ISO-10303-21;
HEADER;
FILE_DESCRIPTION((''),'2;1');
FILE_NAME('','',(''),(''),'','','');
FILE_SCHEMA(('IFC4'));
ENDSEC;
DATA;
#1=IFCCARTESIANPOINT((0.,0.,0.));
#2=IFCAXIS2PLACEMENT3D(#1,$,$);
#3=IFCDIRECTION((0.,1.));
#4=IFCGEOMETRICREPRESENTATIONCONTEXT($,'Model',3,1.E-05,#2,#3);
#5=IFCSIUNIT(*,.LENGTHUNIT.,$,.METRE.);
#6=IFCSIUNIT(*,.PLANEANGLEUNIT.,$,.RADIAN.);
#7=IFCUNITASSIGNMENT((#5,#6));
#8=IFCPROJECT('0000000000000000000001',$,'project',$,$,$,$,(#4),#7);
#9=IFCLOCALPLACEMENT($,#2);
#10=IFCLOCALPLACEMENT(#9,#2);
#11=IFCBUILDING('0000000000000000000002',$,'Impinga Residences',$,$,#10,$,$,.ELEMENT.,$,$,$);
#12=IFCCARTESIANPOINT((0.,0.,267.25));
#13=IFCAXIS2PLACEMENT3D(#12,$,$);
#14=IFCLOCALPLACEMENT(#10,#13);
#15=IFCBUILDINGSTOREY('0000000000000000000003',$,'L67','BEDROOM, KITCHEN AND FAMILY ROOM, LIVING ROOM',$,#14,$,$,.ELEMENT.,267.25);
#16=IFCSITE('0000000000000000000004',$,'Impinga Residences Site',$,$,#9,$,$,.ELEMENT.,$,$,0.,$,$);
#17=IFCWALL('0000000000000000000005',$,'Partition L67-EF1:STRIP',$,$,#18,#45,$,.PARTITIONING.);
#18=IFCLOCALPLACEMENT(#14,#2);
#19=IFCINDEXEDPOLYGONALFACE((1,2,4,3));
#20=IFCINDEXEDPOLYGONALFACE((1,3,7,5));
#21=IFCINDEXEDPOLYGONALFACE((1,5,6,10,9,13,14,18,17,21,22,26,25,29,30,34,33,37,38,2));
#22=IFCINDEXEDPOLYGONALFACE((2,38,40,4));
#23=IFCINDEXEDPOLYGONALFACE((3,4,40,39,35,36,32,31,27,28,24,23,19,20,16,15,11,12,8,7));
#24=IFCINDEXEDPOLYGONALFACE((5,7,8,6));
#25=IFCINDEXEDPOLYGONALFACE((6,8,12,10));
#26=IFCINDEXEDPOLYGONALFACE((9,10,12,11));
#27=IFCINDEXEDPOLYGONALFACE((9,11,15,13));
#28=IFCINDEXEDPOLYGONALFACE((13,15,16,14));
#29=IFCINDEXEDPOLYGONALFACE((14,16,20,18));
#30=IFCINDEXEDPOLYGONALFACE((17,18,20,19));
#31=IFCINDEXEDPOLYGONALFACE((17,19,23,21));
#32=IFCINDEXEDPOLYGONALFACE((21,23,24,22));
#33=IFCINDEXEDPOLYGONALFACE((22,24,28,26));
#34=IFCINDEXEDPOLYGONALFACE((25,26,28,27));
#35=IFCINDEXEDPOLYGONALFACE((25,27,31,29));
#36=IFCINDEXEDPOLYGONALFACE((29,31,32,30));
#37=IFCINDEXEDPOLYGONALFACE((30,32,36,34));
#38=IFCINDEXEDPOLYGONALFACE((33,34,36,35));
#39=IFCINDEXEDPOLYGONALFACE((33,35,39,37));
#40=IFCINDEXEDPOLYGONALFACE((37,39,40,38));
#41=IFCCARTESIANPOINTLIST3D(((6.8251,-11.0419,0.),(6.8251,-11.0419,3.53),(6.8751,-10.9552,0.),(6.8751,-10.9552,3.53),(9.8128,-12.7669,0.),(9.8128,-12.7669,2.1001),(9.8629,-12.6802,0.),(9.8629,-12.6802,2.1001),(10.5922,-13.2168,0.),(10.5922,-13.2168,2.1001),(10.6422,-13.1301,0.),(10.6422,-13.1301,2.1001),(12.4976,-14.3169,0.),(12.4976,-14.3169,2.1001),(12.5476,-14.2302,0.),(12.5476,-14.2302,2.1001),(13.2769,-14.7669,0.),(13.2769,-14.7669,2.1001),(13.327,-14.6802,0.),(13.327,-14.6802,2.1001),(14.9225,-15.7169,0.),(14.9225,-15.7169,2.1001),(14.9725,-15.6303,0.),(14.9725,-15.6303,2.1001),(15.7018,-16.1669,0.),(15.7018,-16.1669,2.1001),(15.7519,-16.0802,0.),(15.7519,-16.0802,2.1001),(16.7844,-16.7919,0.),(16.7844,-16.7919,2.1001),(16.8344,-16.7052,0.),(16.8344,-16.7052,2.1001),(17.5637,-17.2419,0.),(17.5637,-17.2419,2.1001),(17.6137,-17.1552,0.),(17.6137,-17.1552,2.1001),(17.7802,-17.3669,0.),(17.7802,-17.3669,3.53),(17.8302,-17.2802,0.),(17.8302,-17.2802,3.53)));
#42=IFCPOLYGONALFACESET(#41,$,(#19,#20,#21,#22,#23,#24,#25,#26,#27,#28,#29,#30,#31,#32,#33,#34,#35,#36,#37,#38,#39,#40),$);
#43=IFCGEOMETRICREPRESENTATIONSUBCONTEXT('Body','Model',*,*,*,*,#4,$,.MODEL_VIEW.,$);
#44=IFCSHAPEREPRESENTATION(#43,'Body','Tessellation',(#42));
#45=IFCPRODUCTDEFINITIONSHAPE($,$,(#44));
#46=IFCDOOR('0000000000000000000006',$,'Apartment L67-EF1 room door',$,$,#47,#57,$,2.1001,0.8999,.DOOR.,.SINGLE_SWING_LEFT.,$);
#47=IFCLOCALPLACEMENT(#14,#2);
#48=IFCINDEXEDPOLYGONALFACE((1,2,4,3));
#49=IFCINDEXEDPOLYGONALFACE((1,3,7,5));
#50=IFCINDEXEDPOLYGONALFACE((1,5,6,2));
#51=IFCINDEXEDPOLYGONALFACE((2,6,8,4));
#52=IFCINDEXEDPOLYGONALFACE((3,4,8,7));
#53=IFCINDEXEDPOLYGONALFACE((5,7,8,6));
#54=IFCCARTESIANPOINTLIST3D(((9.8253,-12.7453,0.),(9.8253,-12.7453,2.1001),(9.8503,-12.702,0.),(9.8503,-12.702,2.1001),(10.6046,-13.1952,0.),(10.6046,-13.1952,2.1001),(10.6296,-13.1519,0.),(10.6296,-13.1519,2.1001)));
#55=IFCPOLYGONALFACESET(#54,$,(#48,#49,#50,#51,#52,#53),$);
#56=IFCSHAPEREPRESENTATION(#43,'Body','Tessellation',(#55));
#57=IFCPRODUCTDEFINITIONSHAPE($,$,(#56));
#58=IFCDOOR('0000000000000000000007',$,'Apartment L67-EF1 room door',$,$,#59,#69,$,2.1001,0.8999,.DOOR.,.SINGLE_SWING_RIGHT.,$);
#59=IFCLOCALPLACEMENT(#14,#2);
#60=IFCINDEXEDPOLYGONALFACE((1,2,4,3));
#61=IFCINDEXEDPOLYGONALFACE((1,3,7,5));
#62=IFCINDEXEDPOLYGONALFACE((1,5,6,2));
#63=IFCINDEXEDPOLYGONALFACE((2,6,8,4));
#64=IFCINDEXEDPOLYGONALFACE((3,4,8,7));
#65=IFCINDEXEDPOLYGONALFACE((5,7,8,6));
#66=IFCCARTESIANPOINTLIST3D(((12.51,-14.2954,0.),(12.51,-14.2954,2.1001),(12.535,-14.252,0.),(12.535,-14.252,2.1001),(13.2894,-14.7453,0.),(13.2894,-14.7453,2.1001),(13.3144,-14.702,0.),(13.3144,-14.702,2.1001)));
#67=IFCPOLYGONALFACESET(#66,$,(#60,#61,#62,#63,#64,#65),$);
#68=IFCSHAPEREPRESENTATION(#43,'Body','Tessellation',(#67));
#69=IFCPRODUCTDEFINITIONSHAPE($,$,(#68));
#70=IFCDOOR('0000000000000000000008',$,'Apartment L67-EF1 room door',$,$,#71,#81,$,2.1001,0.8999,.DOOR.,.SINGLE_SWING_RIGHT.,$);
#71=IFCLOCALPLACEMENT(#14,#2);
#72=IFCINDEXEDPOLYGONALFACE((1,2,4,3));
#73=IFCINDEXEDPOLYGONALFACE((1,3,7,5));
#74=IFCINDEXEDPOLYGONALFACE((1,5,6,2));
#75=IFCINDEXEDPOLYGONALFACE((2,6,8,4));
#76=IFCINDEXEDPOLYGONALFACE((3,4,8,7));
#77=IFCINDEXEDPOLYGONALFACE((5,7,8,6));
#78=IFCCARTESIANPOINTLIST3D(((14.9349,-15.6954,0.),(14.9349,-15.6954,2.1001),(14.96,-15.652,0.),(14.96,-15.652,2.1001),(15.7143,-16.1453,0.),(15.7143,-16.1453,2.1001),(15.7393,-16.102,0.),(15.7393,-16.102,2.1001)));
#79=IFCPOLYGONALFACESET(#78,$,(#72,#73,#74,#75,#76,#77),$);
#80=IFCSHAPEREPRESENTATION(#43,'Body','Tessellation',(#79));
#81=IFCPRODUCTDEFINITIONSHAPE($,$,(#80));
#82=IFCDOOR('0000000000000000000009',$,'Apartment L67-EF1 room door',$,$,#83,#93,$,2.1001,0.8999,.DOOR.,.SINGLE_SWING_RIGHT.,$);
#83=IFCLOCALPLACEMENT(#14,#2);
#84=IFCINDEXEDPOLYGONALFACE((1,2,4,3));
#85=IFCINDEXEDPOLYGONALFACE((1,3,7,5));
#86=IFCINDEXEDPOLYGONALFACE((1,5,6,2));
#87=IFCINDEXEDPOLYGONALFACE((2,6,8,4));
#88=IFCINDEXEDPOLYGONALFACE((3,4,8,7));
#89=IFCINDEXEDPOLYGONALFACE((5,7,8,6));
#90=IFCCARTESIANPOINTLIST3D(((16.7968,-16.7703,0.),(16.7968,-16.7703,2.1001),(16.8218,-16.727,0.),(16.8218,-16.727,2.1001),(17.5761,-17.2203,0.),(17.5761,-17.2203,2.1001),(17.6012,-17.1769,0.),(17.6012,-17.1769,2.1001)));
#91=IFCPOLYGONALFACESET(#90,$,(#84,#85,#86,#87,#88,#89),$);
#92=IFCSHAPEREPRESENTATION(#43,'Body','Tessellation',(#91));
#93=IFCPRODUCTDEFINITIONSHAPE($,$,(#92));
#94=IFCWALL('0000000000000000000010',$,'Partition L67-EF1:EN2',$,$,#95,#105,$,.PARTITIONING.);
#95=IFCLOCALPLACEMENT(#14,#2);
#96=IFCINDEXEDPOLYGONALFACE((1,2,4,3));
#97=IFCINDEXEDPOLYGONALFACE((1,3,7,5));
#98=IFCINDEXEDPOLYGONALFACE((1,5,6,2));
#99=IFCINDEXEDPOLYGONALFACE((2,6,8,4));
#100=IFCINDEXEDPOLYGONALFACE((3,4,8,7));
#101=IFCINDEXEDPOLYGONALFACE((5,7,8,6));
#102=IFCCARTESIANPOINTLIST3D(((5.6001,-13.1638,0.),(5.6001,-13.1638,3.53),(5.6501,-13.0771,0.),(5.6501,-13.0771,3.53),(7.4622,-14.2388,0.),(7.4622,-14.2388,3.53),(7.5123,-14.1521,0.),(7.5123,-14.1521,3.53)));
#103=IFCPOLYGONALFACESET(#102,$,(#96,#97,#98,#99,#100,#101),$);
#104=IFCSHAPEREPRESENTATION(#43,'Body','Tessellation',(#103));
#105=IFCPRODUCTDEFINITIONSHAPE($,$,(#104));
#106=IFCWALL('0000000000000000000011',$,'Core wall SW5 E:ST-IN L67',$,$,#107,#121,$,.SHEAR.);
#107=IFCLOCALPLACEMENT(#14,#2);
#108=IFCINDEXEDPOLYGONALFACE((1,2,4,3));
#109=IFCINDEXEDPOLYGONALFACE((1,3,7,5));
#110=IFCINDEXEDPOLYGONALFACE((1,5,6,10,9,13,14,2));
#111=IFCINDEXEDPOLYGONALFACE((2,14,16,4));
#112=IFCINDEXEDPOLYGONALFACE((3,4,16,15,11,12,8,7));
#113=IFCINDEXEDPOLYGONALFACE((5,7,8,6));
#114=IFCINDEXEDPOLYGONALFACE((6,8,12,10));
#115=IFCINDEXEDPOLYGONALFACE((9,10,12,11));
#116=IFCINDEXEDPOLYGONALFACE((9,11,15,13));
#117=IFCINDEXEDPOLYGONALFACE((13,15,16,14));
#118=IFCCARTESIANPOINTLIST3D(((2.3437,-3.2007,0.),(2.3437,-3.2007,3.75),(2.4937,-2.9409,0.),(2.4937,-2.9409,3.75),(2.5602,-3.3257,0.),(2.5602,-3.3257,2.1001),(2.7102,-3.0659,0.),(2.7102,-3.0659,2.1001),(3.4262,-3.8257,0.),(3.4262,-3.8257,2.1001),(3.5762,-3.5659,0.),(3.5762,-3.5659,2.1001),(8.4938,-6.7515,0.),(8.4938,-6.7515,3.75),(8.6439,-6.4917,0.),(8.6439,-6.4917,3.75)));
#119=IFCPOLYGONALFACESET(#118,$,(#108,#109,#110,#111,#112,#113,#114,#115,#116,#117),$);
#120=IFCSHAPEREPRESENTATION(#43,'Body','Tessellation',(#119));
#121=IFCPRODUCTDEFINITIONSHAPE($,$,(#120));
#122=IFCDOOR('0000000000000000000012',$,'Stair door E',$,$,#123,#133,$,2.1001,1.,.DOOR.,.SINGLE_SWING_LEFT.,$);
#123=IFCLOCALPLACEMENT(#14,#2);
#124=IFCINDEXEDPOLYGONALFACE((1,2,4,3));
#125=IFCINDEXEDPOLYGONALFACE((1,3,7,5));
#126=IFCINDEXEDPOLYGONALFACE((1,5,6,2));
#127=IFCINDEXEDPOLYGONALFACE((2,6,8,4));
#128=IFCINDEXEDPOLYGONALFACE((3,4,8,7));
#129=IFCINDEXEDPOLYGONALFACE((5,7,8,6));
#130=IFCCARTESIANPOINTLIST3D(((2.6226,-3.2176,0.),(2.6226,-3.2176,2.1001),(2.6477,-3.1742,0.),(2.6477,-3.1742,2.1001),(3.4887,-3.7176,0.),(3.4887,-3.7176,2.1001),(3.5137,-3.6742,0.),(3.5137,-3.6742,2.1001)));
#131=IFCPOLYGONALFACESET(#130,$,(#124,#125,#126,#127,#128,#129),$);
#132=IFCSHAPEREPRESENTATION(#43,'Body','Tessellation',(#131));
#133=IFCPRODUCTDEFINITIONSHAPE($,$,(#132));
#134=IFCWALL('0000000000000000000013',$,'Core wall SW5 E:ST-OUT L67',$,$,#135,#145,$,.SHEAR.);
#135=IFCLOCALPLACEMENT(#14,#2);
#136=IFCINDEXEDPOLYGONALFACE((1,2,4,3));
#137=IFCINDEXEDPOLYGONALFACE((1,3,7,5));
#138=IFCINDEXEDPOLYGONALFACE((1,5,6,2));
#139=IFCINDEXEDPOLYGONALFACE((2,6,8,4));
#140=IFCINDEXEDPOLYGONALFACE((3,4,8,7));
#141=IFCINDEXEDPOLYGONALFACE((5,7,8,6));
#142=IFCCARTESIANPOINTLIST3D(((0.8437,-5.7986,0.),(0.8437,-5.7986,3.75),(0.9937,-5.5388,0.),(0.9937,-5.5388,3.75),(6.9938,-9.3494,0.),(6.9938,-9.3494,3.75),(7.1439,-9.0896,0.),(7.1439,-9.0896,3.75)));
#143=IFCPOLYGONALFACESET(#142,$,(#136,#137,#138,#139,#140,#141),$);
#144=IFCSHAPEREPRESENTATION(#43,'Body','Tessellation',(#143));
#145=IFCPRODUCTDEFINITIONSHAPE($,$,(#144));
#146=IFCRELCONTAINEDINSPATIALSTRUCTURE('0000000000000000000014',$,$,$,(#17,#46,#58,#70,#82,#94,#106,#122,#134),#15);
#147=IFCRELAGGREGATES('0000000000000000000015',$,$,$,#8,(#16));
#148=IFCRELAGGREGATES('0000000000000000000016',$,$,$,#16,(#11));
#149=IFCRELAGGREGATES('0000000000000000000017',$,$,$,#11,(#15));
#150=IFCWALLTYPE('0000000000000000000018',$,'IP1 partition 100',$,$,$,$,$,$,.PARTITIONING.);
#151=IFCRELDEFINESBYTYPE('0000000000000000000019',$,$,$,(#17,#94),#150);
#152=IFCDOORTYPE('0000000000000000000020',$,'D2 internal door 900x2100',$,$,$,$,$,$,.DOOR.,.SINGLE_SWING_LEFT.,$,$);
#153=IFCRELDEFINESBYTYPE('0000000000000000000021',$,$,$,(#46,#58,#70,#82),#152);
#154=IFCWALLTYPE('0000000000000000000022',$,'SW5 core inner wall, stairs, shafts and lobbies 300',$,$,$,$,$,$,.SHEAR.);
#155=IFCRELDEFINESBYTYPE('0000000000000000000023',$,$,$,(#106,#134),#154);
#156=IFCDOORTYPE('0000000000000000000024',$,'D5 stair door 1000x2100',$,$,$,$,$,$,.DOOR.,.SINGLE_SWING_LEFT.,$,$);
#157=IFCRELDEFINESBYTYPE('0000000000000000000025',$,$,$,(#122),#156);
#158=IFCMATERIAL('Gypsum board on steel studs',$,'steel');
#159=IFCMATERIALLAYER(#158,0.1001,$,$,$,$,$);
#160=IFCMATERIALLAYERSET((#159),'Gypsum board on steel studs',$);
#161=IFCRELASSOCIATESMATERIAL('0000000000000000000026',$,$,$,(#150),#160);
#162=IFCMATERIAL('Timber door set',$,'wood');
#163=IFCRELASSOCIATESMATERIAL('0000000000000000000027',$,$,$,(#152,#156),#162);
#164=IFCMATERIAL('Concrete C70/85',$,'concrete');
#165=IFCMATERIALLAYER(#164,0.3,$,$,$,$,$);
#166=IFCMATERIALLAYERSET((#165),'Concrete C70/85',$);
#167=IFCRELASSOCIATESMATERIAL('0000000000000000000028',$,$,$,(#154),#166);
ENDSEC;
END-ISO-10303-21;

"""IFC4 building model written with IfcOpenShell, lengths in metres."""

from ifc_helpers import new_model, si_unit, direction, frame, frame_2d, origin, place, context, subcontext, project, spatial, rectangle, extrude, material, layer, layer_set, type_object, element, fill, save


model = new_model("IFC4")

# Units and contexts
model_context = context("Model", 3, precision=1e-05, world=origin(), true_north=direction((0.0, 1.0)))
body_context = subcontext(model_context, "Body", "Model", "MODEL_VIEW")
ifc_project = project(units=[si_unit("LENGTHUNIT", "METRE"), si_unit("PLANEANGLEUNIT", "RADIAN")], contexts=[model_context])

# Site, building, storey
site_placement = place(None, origin())
site = spatial("IfcSite", under=ifc_project, at=site_placement, Name="Impinga Residences Site", CompositionType="ELEMENT", RefElevation=0.0)
building_placement = place(site_placement, origin())
building = spatial("IfcBuilding", under=site, at=building_placement, Name="Impinga Residences", CompositionType="ELEMENT")
storey_placement = place(building_placement, frame((0.0, 0.0, 267.25)))
storey = spatial("IfcBuildingStorey", under=building, at=storey_placement, Name="L67", Description="BEDROOM, KITCHEN AND FAMILY ROOM, LIVING ROOM", CompositionType="ELEMENT", Elevation=267.25)

# Shared definitions
ifc_material_1 = material(Name="Timber door set", Category="wood")

# Shared definitions
ifc_material_2 = material(Name="Gypsum board on steel studs", Category="steel")
ifc_layer_1 = layer(ifc_material_2, 0.1001)
ifc_layer_set_1 = layer_set([ifc_layer_1], Name="Gypsum board on steel studs")
wall_type_1 = type_object("IfcWallType", Name="IP1 partition 100", PredefinedType="PARTITIONING", material=ifc_layer_set_1)

# Wall, openings, doors
wall_1_placement = place(storey_placement, frame((6.8501, -10.9985, 0.0), z_axis=(0.0, 0.0, 1.0), x_axis=(0.866024, -0.500002, 0.0)))
wall_1 = element("IfcWall", 1, at=wall_1_placement, inside=storey, type_object=wall_type_1, Name="Partition L67-EF1:STRIP", PredefinedType="PARTITIONING", context=body_context, shape_type="SweptSolid", body=[
    extrude(rectangle(XDim=12.6499, YDim=0.1001, at=frame_2d((6.325, 0.0))), origin(), (0.0, 0.0, 1.0), 3.53),
])
opening_1_placement = place(wall_1_placement, frame((3.45, 0.0, 0.0)))
opening_1 = element("IfcOpeningElement", 2, at=opening_1_placement, cuts=wall_1, PredefinedType="OPENING", context=body_context, shape_type="SweptSolid", body=[
    extrude(rectangle(XDim=0.8999, YDim=2.1001, at=frame_2d((0.45, 1.05))), frame((0.0, 0.0601, 0.0), z_axis=(0.0, -1.0, 0.0), x_axis=(1.0, 0.0, 0.0)), (0.0, 0.0, 1.0), 0.1201),
])
opening_2_placement = place(wall_1_placement, frame((6.55, 0.0, 0.0)))
opening_2 = element("IfcOpeningElement", 3, at=opening_2_placement, cuts=wall_1, PredefinedType="OPENING", context=body_context, shape_type="SweptSolid", body=[
    extrude(rectangle(XDim=0.8999, YDim=2.1001, at=frame_2d((0.45, 1.05))), frame((0.0, 0.0601, 0.0), z_axis=(0.0, -1.0, 0.0), x_axis=(1.0, 0.0, 0.0)), (0.0, 0.0, 1.0), 0.1201),
])
opening_3_placement = place(wall_1_placement, frame((9.3501, 0.0, 0.0)))
opening_3 = element("IfcOpeningElement", 4, at=opening_3_placement, cuts=wall_1, PredefinedType="OPENING", context=body_context, shape_type="SweptSolid", body=[
    extrude(rectangle(XDim=0.8999, YDim=2.1001, at=frame_2d((0.45, 1.05))), frame((0.0, 0.0601, 0.0), z_axis=(0.0, -1.0, 0.0), x_axis=(1.0, 0.0, 0.0)), (0.0, 0.0, 1.0), 0.1201),
])
opening_4_placement = place(wall_1_placement, frame((11.5, 0.0, 0.0)))
opening_4 = element("IfcOpeningElement", 5, at=opening_4_placement, cuts=wall_1, PredefinedType="OPENING", context=body_context, shape_type="SweptSolid", body=[
    extrude(rectangle(XDim=0.8999, YDim=2.1001, at=frame_2d((0.45, 1.05))), frame((0.0, 0.0601, 0.0), z_axis=(0.0, -1.0, 0.0), x_axis=(1.0, 0.0, 0.0)), (0.0, 0.0, 1.0), 0.1201),
])
door_type_1 = type_object("IfcDoorType", Name="D2 internal door 900x2100", OperationType="SINGLE_SWING_LEFT", PredefinedType="DOOR", material=ifc_material_1)
door_1_placement = place(opening_1_placement, origin())
door_1 = element("IfcDoor", 6, at=door_1_placement, inside=storey, type_object=door_type_1, Name="Apartment L67-EF1 room door", OperationType="SINGLE_SWING_LEFT", OverallHeight=2.1001, OverallWidth=0.8999, PredefinedType="DOOR", context=body_context, shape_type="SweptSolid", body=[
    extrude(rectangle(XDim=0.8999, YDim=2.1001, at=frame_2d((0.45, 1.05))), frame((0.0, 0.0249, 0.0), z_axis=(0.0, -1.0, 0.0), x_axis=(1.0, 0.0, 0.0)), (0.0, 0.0, 1.0), 0.05),
])
fill(opening_1, door_1)
door_2_placement = place(opening_2_placement, origin())
door_2 = element("IfcDoor", 7, at=door_2_placement, inside=storey, type_object=door_type_1, Name="Apartment L67-EF1 room door", OperationType="SINGLE_SWING_RIGHT", OverallHeight=2.1001, OverallWidth=0.8999, PredefinedType="DOOR", context=body_context, shape_type="SweptSolid", body=[
    extrude(rectangle(XDim=0.8999, YDim=2.1001, at=frame_2d((0.45, 1.05))), frame((0.0, 0.0249, 0.0), z_axis=(0.0, -1.0, 0.0), x_axis=(1.0, 0.0, 0.0)), (0.0, 0.0, 1.0), 0.05),
])
fill(opening_2, door_2)
door_3_placement = place(opening_3_placement, origin())
door_3 = element("IfcDoor", 8, at=door_3_placement, inside=storey, type_object=door_type_1, Name="Apartment L67-EF1 room door", OperationType="SINGLE_SWING_RIGHT", OverallHeight=2.1001, OverallWidth=0.8999, PredefinedType="DOOR", context=body_context, shape_type="SweptSolid", body=[
    extrude(rectangle(XDim=0.8999, YDim=2.1001, at=frame_2d((0.45, 1.05))), frame((0.0, 0.0249, 0.0), z_axis=(0.0, -1.0, 0.0), x_axis=(1.0, 0.0, 0.0)), (0.0, 0.0, 1.0), 0.05),
])
fill(opening_3, door_3)
door_4_placement = place(opening_4_placement, origin())
door_4 = element("IfcDoor", 9, at=door_4_placement, inside=storey, type_object=door_type_1, Name="Apartment L67-EF1 room door", OperationType="SINGLE_SWING_RIGHT", OverallHeight=2.1001, OverallWidth=0.8999, PredefinedType="DOOR", context=body_context, shape_type="SweptSolid", body=[
    extrude(rectangle(XDim=0.8999, YDim=2.1001, at=frame_2d((0.45, 1.05))), frame((0.0, 0.0249, 0.0), z_axis=(0.0, -1.0, 0.0), x_axis=(1.0, 0.0, 0.0)), (0.0, 0.0, 1.0), 0.05),
])
fill(opening_4, door_4)

# Wall
wall_2_placement = place(storey_placement, frame((5.625, -13.1204, 0.0), z_axis=(0.0, 0.0, 1.0), x_axis=(0.866048, -0.499962, 0.0)))
element("IfcWall", 10, at=wall_2_placement, inside=storey, type_object=wall_type_1, Name="Partition L67-EF1:EN2", PredefinedType="PARTITIONING", context=body_context, shape_type="SweptSolid", body=[
    extrude(rectangle(XDim=2.1501, YDim=0.1001, at=frame_2d((1.0752, 0.0))), origin(), (0.0, 0.0, 1.0), 3.53),
])

# Wall, opening, door
ifc_material_3 = material(Name="Concrete C70/85", Category="concrete")
ifc_layer_2 = layer(ifc_material_3, 0.3)
ifc_layer_set_2 = layer_set([ifc_layer_2], Name="Concrete C70/85")
wall_type_2 = type_object("IfcWallType", Name="SW5 core inner wall, stairs, shafts and lobbies 300", PredefinedType="SHEAR", material=ifc_layer_set_2)
wall_3_placement = place(storey_placement, frame((2.4187, -3.0708, 0.0), z_axis=(0.0, 0.0, 1.0), x_axis=(0.866026, -0.499999, 0.0)))
wall_3 = element("IfcWall", 11, at=wall_3_placement, inside=storey, type_object=wall_type_2, Name="Core wall SW5 E:ST-IN L67", PredefinedType="SHEAR", context=body_context, shape_type="SweptSolid", body=[
    extrude(rectangle(XDim=7.1016, YDim=0.3, at=frame_2d((3.5508, 0.0))), origin(), (0.0, 0.0, 1.0), 3.75),
])
opening_5_placement = place(wall_3_placement, frame((0.25, 0.0, 0.0)))
opening_5 = element("IfcOpeningElement", 12, at=opening_5_placement, cuts=wall_3, PredefinedType="OPENING", context=body_context, shape_type="SweptSolid", body=[
    extrude(rectangle(XDim=1.0, YDim=2.1001, at=frame_2d((0.5, 1.05))), frame((0.0, 0.1599, 0.0), z_axis=(0.0, -1.0, 0.0), x_axis=(1.0, 0.0, 0.0)), (0.0, 0.0, 1.0), 0.3201),
])
door_type_2 = type_object("IfcDoorType", Name="D5 stair door 1000x2100", OperationType="SINGLE_SWING_LEFT", PredefinedType="DOOR", material=ifc_material_1)
door_5_placement = place(opening_5_placement, origin())
door_5 = element("IfcDoor", 13, at=door_5_placement, inside=storey, type_object=door_type_2, Name="Stair door E", OperationType="SINGLE_SWING_LEFT", OverallHeight=2.1001, OverallWidth=1.0, PredefinedType="DOOR", context=body_context, shape_type="SweptSolid", body=[
    extrude(rectangle(XDim=1.0, YDim=2.1001, at=frame_2d((0.5, 1.05))), frame((0.0, 0.0249, 0.0), z_axis=(0.0, -1.0, 0.0), x_axis=(1.0, 0.0, 0.0)), (0.0, 0.0, 1.0), 0.05),
])
fill(opening_5, door_5)

# Wall
wall_4_placement = place(storey_placement, frame((0.9187, -5.6687, 0.0), z_axis=(0.0, 0.0, 1.0), x_axis=(0.866026, -0.499999, 0.0)))
element("IfcWall", 14, at=wall_4_placement, inside=storey, type_object=wall_type_2, Name="Core wall SW5 E:ST-OUT L67", PredefinedType="SHEAR", context=body_context, shape_type="SweptSolid", body=[
    extrude(rectangle(XDim=7.1016, YDim=0.3, at=frame_2d((3.5508, 0.0))), origin(), (0.0, 0.0, 1.0), 3.75),
])

save(model, "model.ifc")
